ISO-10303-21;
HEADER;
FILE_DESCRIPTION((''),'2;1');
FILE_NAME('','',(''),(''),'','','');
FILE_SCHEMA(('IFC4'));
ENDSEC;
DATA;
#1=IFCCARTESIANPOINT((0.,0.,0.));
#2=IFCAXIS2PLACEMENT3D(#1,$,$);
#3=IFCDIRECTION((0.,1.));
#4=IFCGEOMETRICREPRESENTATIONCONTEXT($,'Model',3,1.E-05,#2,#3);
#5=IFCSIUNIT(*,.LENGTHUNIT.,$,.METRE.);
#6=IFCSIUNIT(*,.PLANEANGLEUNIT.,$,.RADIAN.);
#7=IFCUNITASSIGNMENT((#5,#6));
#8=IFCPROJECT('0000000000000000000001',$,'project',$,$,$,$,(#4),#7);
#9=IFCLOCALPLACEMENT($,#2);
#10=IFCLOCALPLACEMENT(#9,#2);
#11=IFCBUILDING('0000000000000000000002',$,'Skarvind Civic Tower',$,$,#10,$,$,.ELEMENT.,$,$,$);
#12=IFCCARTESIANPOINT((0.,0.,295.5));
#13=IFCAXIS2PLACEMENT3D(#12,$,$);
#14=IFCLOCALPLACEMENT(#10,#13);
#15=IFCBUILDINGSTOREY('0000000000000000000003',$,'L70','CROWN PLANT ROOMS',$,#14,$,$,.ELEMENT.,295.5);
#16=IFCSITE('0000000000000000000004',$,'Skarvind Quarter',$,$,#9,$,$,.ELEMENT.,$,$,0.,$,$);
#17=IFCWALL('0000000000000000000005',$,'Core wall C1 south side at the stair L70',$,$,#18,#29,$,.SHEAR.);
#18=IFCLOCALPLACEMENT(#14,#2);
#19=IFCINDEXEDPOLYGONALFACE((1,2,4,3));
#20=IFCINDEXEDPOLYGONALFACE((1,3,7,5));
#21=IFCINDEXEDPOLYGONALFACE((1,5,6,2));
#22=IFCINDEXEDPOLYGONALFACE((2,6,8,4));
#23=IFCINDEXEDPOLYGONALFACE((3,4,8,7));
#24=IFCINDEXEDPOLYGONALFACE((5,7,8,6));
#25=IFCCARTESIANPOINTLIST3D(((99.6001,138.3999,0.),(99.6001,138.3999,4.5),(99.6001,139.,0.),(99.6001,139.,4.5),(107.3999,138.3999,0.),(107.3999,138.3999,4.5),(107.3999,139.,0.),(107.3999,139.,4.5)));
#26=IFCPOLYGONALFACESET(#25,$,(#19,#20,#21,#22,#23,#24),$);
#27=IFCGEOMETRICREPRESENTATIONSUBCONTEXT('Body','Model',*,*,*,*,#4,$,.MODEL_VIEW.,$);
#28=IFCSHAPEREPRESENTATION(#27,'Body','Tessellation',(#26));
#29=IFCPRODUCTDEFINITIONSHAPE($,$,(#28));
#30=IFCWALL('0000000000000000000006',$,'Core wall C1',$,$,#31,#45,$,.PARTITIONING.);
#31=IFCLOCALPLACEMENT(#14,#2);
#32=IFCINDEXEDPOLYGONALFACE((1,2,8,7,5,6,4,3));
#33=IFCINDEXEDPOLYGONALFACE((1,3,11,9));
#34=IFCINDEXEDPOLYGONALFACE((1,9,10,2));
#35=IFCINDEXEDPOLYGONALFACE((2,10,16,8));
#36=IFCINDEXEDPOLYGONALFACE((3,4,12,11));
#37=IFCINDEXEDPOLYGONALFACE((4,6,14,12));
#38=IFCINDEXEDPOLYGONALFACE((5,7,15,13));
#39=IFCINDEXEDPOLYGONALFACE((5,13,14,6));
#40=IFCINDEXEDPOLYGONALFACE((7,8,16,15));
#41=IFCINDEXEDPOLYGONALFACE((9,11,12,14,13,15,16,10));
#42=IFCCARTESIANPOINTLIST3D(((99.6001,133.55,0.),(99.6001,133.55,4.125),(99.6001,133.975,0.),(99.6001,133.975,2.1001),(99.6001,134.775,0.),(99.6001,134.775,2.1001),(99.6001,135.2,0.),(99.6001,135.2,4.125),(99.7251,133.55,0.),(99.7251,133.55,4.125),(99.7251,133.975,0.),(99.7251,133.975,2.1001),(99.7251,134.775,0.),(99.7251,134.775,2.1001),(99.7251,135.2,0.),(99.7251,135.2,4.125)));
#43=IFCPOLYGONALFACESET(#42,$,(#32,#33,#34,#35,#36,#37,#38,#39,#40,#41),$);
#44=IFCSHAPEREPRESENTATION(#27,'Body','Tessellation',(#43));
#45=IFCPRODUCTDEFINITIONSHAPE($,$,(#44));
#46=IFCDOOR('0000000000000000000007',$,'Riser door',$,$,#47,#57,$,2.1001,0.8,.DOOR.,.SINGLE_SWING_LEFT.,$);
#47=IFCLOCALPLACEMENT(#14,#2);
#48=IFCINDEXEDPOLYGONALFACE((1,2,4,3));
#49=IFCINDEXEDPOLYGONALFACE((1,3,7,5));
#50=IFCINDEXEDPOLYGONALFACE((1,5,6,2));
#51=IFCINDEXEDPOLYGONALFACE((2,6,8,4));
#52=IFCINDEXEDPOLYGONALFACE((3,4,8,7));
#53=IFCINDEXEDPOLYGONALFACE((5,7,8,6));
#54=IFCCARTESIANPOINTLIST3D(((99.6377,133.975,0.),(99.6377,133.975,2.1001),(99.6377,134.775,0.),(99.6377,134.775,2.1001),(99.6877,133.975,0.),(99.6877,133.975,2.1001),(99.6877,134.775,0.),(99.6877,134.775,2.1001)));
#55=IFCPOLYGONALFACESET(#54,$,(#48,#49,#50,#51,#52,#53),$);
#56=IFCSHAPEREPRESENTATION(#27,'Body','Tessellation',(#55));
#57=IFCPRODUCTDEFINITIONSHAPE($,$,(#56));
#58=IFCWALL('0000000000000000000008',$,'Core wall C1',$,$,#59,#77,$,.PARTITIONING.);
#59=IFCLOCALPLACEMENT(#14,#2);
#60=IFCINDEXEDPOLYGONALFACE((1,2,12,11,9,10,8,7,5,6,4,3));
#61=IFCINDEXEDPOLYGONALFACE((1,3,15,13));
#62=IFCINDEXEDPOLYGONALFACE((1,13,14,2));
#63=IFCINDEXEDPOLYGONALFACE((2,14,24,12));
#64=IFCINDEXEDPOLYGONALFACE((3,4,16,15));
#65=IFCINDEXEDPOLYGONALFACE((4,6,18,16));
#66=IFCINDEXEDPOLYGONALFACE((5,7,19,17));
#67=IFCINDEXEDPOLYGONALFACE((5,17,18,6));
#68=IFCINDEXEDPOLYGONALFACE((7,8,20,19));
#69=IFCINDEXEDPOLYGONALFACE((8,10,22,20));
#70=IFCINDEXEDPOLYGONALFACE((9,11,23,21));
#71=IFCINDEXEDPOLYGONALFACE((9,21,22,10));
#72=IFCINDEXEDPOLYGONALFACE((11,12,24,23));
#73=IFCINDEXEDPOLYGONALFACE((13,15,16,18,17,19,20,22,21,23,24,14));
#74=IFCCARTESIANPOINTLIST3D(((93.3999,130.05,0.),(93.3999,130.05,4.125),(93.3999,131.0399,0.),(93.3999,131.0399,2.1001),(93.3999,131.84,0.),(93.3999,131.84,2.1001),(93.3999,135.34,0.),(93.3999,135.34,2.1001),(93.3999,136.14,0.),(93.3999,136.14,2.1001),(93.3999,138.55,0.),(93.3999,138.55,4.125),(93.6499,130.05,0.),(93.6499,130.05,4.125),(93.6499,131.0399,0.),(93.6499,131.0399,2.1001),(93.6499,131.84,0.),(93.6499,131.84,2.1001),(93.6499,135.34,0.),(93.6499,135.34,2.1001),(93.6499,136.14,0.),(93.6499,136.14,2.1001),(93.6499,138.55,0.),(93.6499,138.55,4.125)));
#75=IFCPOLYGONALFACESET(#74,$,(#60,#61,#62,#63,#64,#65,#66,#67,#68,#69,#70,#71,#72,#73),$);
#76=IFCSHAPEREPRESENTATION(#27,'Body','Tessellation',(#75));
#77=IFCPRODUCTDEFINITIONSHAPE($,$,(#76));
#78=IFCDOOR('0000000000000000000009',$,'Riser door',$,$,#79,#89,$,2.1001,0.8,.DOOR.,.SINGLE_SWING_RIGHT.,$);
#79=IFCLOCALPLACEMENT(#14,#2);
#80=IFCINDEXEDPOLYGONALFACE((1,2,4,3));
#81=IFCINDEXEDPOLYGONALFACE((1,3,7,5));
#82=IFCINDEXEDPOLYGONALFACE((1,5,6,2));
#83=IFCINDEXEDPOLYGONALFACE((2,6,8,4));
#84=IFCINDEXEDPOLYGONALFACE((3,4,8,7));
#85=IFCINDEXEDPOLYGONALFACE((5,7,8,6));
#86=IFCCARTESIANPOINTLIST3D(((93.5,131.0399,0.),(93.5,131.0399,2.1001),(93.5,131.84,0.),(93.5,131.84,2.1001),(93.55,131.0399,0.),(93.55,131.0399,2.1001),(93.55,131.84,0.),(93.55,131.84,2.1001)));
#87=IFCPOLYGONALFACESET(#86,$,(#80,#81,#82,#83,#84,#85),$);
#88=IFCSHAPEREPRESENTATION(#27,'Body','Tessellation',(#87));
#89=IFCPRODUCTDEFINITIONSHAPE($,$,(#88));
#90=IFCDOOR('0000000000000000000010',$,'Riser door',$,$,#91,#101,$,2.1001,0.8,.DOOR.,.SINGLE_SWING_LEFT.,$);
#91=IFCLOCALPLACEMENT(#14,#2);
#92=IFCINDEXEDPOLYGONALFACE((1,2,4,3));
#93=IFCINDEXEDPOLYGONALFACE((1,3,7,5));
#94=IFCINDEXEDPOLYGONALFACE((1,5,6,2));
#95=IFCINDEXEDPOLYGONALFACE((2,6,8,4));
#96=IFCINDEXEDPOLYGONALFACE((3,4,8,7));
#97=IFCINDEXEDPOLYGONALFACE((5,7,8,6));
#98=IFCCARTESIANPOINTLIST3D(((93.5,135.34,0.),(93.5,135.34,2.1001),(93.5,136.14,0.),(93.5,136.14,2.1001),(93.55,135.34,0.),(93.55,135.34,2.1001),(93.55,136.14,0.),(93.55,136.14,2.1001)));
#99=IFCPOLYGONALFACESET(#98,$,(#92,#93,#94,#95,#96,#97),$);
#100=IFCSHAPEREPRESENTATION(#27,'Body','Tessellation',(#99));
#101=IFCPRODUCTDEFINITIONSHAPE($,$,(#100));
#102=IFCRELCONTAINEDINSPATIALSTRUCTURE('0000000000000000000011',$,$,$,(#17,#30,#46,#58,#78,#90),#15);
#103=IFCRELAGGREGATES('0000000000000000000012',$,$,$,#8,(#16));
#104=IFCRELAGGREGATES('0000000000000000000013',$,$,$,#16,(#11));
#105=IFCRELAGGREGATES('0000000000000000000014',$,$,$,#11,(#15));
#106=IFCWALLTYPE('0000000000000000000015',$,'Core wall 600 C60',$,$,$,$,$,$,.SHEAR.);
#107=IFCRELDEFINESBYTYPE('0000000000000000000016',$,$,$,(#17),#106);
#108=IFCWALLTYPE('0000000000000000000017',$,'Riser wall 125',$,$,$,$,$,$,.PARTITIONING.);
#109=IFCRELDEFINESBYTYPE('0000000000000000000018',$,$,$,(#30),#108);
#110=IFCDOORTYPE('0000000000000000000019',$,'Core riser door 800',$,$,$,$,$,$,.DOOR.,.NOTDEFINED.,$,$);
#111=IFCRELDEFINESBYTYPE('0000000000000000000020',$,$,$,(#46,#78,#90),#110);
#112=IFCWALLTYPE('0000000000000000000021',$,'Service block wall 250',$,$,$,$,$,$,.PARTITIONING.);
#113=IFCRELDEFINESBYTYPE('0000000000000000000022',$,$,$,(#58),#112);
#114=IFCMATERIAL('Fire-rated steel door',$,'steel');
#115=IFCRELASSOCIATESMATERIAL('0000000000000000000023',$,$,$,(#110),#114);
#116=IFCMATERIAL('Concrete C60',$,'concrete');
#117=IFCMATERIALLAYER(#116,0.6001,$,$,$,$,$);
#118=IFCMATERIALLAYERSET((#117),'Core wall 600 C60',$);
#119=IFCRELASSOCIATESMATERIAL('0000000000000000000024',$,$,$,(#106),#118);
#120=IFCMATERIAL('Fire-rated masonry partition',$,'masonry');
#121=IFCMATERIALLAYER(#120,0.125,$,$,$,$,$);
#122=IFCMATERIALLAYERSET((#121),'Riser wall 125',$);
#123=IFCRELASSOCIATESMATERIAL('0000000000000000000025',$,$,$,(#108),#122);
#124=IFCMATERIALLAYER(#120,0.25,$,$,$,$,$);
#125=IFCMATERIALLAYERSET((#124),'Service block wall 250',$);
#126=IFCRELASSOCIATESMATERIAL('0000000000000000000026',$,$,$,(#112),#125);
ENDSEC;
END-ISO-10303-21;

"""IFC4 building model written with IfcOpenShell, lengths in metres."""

from ifc_helpers import new_model, si_unit, direction, frame, frame_2d, origin, place, context, subcontext, project, spatial, rectangle, extrude, material, layer, layer_set, type_object, element, fill, save


model = new_model("IFC4")

# Units and contexts
model_context = context("Model", 3, precision=1e-05, world=origin(), true_north=direction((0.0, 1.0)))
body_context = subcontext(model_context, "Body", "Model", "MODEL_VIEW")
ifc_project = project(units=[si_unit("LENGTHUNIT", "METRE"), si_unit("PLANEANGLEUNIT", "RADIAN")], contexts=[model_context])

# Site, building, storey
site_placement = place(None, origin())
site = spatial("IfcSite", under=ifc_project, at=site_placement, Name="Skarvind Quarter", CompositionType="ELEMENT", RefElevation=0.0)
building_placement = place(site_placement, origin())
building = spatial("IfcBuilding", under=site, at=building_placement, Name="Skarvind Civic Tower", CompositionType="ELEMENT")
storey_placement = place(building_placement, frame((0.0, 0.0, 295.5)))
storey = spatial("IfcBuildingStorey", under=building, at=storey_placement, Name="L70", Description="CROWN PLANT ROOMS", CompositionType="ELEMENT", Elevation=295.5)

# Shared definitions
ifc_material_1 = material(Name="Concrete C60", Category="concrete")

# Shared definitions
ifc_material_2 = material(Name="Fire-rated masonry partition", Category="masonry")
ifc_material_3 = material(Name="Fire-rated steel door", Category="steel")

# Shared definitions
door_type_1 = type_object("IfcDoorType", Name="Core riser door 800", OperationType="NOTDEFINED", PredefinedType="DOOR", material=ifc_material_3)

# Wall
ifc_layer_1 = layer(ifc_material_1, 0.6001)
ifc_layer_set_1 = layer_set([ifc_layer_1], Name="Core wall 600 C60")
wall_type_1 = type_object("IfcWallType", Name="Core wall 600 C60", PredefinedType="SHEAR", material=ifc_layer_set_1)
wall_1_placement = place(storey_placement, frame((107.3999, 138.7, 0.0), z_axis=(0.0, 0.0, 1.0), x_axis=(-1.0, 0.0, 0.0)))
element("IfcWall", 1, at=wall_1_placement, inside=storey, type_object=wall_type_1, Name="Core wall C1 south side at the stair L70", PredefinedType="SHEAR", context=body_context, shape_type="SweptSolid", body=[
    extrude(rectangle(XDim=7.7998, YDim=0.6001, at=frame_2d((3.8999, 0.0))), origin(), (0.0, 0.0, 1.0), 4.5),
])

# Wall, opening, door
ifc_layer_2 = layer(ifc_material_2, 0.125)
ifc_layer_set_2 = layer_set([ifc_layer_2], Name="Riser wall 125")
wall_type_2 = type_object("IfcWallType", Name="Riser wall 125", PredefinedType="PARTITIONING", material=ifc_layer_set_2)
wall_2_placement = place(storey_placement, frame((99.6626, 133.55, 0.0), z_axis=(0.0, 0.0, 1.0), x_axis=(0.0, 1.0, 0.0)))
wall_2 = element("IfcWall", 2, at=wall_2_placement, inside=storey, type_object=wall_type_2, Name="Core wall C1", PredefinedType="PARTITIONING", context=body_context, shape_type="SweptSolid", body=[
    extrude(rectangle(XDim=1.6499, YDim=0.125, at=frame_2d((0.825, 0.0))), origin(), (0.0, 0.0, 1.0), 4.125),
])
opening_1_placement = place(wall_2_placement, frame((0.425, 0.0, 0.0)))
opening_1 = element("IfcOpeningElement", 3, at=opening_1_placement, cuts=wall_2, PredefinedType="OPENING", context=body_context, shape_type="SweptSolid", body=[
    extrude(rectangle(XDim=0.8, YDim=2.1001, at=frame_2d((0.3999, 1.05))), frame((0.0, 0.0725, 0.0), z_axis=(0.0, -1.0, 0.0), x_axis=(1.0, 0.0, 0.0)), (0.0, 0.0, 1.0), 0.145),
])
door_1_placement = place(opening_1_placement, origin())
door_1 = element("IfcDoor", 4, at=door_1_placement, inside=storey, type_object=door_type_1, Name="Riser door", OperationType="SINGLE_SWING_LEFT", OverallHeight=2.1001, OverallWidth=0.8, PredefinedType="DOOR", context=body_context, shape_type="SweptSolid", body=[
    extrude(rectangle(XDim=0.8, YDim=2.1001, at=frame_2d((0.3999, 1.05))), frame((0.0, 0.0249, 0.0), z_axis=(0.0, -1.0, 0.0), x_axis=(1.0, 0.0, 0.0)), (0.0, 0.0, 1.0), 0.05),
])
fill(opening_1, door_1)

# Wall, openings, doors
ifc_layer_3 = layer(ifc_material_2, 0.25)
ifc_layer_set_3 = layer_set([ifc_layer_3], Name="Service block wall 250")
wall_type_3 = type_object("IfcWallType", Name="Service block wall 250", PredefinedType="PARTITIONING", material=ifc_layer_set_3)
wall_3_placement = place(storey_placement, frame((93.5249, 130.05, 0.0), z_axis=(0.0, 0.0, 1.0), x_axis=(0.0, 1.0, 0.0)))
wall_3 = element("IfcWall", 5, at=wall_3_placement, inside=storey, type_object=wall_type_3, Name="Core wall C1", PredefinedType="PARTITIONING", context=body_context, shape_type="SweptSolid", body=[
    extrude(rectangle(XDim=8.5, YDim=0.25, at=frame_2d((4.25, 0.0))), origin(), (0.0, 0.0, 1.0), 4.125),
])
opening_2_placement = place(wall_3_placement, frame((0.99, 0.0, 0.0)))
opening_2 = element("IfcOpeningElement", 6, at=opening_2_placement, cuts=wall_3, PredefinedType="OPENING", context=body_context, shape_type="SweptSolid", body=[
    extrude(rectangle(XDim=0.8, YDim=2.1001, at=frame_2d((0.3999, 1.05))), frame((0.0, 0.135, 0.0), z_axis=(0.0, -1.0, 0.0), x_axis=(1.0, 0.0, 0.0)), (0.0, 0.0, 1.0), 0.27),
])
opening_3_placement = place(wall_3_placement, frame((5.29, 0.0, 0.0)))
opening_3 = element("IfcOpeningElement", 7, at=opening_3_placement, cuts=wall_3, PredefinedType="OPENING", context=body_context, shape_type="SweptSolid", body=[
    extrude(rectangle(XDim=0.8, YDim=2.1001, at=frame_2d((0.3999, 1.05))), frame((0.0, 0.135, 0.0), z_axis=(0.0, -1.0, 0.0), x_axis=(1.0, 0.0, 0.0)), (0.0, 0.0, 1.0), 0.27),
])
door_2_placement = place(opening_2_placement, origin())
door_2 = element("IfcDoor", 8, at=door_2_placement, inside=storey, type_object=door_type_1, Name="Riser door", OperationType="SINGLE_SWING_RIGHT", OverallHeight=2.1001, OverallWidth=0.8, PredefinedType="DOOR", context=body_context, shape_type="SweptSolid", body=[
    extrude(rectangle(XDim=0.8, YDim=2.1001, at=frame_2d((0.3999, 1.05))), frame((0.0, 0.0249, 0.0), z_axis=(0.0, -1.0, 0.0), x_axis=(1.0, 0.0, 0.0)), (0.0, 0.0, 1.0), 0.05),
])
fill(opening_2, door_2)
door_3_placement = place(opening_3_placement, origin())
door_3 = element("IfcDoor", 9, at=door_3_placement, inside=storey, type_object=door_type_1, Name="Riser door", OperationType="SINGLE_SWING_LEFT", OverallHeight=2.1001, OverallWidth=0.8, PredefinedType="DOOR", context=body_context, shape_type="SweptSolid", body=[
    extrude(rectangle(XDim=0.8, YDim=2.1001, at=frame_2d((0.3999, 1.05))), frame((0.0, 0.0249, 0.0), z_axis=(0.0, -1.0, 0.0), x_axis=(1.0, 0.0, 0.0)), (0.0, 0.0, 1.0), 0.05),
])
fill(opening_3, door_3)

save(model, "model.ifc")
